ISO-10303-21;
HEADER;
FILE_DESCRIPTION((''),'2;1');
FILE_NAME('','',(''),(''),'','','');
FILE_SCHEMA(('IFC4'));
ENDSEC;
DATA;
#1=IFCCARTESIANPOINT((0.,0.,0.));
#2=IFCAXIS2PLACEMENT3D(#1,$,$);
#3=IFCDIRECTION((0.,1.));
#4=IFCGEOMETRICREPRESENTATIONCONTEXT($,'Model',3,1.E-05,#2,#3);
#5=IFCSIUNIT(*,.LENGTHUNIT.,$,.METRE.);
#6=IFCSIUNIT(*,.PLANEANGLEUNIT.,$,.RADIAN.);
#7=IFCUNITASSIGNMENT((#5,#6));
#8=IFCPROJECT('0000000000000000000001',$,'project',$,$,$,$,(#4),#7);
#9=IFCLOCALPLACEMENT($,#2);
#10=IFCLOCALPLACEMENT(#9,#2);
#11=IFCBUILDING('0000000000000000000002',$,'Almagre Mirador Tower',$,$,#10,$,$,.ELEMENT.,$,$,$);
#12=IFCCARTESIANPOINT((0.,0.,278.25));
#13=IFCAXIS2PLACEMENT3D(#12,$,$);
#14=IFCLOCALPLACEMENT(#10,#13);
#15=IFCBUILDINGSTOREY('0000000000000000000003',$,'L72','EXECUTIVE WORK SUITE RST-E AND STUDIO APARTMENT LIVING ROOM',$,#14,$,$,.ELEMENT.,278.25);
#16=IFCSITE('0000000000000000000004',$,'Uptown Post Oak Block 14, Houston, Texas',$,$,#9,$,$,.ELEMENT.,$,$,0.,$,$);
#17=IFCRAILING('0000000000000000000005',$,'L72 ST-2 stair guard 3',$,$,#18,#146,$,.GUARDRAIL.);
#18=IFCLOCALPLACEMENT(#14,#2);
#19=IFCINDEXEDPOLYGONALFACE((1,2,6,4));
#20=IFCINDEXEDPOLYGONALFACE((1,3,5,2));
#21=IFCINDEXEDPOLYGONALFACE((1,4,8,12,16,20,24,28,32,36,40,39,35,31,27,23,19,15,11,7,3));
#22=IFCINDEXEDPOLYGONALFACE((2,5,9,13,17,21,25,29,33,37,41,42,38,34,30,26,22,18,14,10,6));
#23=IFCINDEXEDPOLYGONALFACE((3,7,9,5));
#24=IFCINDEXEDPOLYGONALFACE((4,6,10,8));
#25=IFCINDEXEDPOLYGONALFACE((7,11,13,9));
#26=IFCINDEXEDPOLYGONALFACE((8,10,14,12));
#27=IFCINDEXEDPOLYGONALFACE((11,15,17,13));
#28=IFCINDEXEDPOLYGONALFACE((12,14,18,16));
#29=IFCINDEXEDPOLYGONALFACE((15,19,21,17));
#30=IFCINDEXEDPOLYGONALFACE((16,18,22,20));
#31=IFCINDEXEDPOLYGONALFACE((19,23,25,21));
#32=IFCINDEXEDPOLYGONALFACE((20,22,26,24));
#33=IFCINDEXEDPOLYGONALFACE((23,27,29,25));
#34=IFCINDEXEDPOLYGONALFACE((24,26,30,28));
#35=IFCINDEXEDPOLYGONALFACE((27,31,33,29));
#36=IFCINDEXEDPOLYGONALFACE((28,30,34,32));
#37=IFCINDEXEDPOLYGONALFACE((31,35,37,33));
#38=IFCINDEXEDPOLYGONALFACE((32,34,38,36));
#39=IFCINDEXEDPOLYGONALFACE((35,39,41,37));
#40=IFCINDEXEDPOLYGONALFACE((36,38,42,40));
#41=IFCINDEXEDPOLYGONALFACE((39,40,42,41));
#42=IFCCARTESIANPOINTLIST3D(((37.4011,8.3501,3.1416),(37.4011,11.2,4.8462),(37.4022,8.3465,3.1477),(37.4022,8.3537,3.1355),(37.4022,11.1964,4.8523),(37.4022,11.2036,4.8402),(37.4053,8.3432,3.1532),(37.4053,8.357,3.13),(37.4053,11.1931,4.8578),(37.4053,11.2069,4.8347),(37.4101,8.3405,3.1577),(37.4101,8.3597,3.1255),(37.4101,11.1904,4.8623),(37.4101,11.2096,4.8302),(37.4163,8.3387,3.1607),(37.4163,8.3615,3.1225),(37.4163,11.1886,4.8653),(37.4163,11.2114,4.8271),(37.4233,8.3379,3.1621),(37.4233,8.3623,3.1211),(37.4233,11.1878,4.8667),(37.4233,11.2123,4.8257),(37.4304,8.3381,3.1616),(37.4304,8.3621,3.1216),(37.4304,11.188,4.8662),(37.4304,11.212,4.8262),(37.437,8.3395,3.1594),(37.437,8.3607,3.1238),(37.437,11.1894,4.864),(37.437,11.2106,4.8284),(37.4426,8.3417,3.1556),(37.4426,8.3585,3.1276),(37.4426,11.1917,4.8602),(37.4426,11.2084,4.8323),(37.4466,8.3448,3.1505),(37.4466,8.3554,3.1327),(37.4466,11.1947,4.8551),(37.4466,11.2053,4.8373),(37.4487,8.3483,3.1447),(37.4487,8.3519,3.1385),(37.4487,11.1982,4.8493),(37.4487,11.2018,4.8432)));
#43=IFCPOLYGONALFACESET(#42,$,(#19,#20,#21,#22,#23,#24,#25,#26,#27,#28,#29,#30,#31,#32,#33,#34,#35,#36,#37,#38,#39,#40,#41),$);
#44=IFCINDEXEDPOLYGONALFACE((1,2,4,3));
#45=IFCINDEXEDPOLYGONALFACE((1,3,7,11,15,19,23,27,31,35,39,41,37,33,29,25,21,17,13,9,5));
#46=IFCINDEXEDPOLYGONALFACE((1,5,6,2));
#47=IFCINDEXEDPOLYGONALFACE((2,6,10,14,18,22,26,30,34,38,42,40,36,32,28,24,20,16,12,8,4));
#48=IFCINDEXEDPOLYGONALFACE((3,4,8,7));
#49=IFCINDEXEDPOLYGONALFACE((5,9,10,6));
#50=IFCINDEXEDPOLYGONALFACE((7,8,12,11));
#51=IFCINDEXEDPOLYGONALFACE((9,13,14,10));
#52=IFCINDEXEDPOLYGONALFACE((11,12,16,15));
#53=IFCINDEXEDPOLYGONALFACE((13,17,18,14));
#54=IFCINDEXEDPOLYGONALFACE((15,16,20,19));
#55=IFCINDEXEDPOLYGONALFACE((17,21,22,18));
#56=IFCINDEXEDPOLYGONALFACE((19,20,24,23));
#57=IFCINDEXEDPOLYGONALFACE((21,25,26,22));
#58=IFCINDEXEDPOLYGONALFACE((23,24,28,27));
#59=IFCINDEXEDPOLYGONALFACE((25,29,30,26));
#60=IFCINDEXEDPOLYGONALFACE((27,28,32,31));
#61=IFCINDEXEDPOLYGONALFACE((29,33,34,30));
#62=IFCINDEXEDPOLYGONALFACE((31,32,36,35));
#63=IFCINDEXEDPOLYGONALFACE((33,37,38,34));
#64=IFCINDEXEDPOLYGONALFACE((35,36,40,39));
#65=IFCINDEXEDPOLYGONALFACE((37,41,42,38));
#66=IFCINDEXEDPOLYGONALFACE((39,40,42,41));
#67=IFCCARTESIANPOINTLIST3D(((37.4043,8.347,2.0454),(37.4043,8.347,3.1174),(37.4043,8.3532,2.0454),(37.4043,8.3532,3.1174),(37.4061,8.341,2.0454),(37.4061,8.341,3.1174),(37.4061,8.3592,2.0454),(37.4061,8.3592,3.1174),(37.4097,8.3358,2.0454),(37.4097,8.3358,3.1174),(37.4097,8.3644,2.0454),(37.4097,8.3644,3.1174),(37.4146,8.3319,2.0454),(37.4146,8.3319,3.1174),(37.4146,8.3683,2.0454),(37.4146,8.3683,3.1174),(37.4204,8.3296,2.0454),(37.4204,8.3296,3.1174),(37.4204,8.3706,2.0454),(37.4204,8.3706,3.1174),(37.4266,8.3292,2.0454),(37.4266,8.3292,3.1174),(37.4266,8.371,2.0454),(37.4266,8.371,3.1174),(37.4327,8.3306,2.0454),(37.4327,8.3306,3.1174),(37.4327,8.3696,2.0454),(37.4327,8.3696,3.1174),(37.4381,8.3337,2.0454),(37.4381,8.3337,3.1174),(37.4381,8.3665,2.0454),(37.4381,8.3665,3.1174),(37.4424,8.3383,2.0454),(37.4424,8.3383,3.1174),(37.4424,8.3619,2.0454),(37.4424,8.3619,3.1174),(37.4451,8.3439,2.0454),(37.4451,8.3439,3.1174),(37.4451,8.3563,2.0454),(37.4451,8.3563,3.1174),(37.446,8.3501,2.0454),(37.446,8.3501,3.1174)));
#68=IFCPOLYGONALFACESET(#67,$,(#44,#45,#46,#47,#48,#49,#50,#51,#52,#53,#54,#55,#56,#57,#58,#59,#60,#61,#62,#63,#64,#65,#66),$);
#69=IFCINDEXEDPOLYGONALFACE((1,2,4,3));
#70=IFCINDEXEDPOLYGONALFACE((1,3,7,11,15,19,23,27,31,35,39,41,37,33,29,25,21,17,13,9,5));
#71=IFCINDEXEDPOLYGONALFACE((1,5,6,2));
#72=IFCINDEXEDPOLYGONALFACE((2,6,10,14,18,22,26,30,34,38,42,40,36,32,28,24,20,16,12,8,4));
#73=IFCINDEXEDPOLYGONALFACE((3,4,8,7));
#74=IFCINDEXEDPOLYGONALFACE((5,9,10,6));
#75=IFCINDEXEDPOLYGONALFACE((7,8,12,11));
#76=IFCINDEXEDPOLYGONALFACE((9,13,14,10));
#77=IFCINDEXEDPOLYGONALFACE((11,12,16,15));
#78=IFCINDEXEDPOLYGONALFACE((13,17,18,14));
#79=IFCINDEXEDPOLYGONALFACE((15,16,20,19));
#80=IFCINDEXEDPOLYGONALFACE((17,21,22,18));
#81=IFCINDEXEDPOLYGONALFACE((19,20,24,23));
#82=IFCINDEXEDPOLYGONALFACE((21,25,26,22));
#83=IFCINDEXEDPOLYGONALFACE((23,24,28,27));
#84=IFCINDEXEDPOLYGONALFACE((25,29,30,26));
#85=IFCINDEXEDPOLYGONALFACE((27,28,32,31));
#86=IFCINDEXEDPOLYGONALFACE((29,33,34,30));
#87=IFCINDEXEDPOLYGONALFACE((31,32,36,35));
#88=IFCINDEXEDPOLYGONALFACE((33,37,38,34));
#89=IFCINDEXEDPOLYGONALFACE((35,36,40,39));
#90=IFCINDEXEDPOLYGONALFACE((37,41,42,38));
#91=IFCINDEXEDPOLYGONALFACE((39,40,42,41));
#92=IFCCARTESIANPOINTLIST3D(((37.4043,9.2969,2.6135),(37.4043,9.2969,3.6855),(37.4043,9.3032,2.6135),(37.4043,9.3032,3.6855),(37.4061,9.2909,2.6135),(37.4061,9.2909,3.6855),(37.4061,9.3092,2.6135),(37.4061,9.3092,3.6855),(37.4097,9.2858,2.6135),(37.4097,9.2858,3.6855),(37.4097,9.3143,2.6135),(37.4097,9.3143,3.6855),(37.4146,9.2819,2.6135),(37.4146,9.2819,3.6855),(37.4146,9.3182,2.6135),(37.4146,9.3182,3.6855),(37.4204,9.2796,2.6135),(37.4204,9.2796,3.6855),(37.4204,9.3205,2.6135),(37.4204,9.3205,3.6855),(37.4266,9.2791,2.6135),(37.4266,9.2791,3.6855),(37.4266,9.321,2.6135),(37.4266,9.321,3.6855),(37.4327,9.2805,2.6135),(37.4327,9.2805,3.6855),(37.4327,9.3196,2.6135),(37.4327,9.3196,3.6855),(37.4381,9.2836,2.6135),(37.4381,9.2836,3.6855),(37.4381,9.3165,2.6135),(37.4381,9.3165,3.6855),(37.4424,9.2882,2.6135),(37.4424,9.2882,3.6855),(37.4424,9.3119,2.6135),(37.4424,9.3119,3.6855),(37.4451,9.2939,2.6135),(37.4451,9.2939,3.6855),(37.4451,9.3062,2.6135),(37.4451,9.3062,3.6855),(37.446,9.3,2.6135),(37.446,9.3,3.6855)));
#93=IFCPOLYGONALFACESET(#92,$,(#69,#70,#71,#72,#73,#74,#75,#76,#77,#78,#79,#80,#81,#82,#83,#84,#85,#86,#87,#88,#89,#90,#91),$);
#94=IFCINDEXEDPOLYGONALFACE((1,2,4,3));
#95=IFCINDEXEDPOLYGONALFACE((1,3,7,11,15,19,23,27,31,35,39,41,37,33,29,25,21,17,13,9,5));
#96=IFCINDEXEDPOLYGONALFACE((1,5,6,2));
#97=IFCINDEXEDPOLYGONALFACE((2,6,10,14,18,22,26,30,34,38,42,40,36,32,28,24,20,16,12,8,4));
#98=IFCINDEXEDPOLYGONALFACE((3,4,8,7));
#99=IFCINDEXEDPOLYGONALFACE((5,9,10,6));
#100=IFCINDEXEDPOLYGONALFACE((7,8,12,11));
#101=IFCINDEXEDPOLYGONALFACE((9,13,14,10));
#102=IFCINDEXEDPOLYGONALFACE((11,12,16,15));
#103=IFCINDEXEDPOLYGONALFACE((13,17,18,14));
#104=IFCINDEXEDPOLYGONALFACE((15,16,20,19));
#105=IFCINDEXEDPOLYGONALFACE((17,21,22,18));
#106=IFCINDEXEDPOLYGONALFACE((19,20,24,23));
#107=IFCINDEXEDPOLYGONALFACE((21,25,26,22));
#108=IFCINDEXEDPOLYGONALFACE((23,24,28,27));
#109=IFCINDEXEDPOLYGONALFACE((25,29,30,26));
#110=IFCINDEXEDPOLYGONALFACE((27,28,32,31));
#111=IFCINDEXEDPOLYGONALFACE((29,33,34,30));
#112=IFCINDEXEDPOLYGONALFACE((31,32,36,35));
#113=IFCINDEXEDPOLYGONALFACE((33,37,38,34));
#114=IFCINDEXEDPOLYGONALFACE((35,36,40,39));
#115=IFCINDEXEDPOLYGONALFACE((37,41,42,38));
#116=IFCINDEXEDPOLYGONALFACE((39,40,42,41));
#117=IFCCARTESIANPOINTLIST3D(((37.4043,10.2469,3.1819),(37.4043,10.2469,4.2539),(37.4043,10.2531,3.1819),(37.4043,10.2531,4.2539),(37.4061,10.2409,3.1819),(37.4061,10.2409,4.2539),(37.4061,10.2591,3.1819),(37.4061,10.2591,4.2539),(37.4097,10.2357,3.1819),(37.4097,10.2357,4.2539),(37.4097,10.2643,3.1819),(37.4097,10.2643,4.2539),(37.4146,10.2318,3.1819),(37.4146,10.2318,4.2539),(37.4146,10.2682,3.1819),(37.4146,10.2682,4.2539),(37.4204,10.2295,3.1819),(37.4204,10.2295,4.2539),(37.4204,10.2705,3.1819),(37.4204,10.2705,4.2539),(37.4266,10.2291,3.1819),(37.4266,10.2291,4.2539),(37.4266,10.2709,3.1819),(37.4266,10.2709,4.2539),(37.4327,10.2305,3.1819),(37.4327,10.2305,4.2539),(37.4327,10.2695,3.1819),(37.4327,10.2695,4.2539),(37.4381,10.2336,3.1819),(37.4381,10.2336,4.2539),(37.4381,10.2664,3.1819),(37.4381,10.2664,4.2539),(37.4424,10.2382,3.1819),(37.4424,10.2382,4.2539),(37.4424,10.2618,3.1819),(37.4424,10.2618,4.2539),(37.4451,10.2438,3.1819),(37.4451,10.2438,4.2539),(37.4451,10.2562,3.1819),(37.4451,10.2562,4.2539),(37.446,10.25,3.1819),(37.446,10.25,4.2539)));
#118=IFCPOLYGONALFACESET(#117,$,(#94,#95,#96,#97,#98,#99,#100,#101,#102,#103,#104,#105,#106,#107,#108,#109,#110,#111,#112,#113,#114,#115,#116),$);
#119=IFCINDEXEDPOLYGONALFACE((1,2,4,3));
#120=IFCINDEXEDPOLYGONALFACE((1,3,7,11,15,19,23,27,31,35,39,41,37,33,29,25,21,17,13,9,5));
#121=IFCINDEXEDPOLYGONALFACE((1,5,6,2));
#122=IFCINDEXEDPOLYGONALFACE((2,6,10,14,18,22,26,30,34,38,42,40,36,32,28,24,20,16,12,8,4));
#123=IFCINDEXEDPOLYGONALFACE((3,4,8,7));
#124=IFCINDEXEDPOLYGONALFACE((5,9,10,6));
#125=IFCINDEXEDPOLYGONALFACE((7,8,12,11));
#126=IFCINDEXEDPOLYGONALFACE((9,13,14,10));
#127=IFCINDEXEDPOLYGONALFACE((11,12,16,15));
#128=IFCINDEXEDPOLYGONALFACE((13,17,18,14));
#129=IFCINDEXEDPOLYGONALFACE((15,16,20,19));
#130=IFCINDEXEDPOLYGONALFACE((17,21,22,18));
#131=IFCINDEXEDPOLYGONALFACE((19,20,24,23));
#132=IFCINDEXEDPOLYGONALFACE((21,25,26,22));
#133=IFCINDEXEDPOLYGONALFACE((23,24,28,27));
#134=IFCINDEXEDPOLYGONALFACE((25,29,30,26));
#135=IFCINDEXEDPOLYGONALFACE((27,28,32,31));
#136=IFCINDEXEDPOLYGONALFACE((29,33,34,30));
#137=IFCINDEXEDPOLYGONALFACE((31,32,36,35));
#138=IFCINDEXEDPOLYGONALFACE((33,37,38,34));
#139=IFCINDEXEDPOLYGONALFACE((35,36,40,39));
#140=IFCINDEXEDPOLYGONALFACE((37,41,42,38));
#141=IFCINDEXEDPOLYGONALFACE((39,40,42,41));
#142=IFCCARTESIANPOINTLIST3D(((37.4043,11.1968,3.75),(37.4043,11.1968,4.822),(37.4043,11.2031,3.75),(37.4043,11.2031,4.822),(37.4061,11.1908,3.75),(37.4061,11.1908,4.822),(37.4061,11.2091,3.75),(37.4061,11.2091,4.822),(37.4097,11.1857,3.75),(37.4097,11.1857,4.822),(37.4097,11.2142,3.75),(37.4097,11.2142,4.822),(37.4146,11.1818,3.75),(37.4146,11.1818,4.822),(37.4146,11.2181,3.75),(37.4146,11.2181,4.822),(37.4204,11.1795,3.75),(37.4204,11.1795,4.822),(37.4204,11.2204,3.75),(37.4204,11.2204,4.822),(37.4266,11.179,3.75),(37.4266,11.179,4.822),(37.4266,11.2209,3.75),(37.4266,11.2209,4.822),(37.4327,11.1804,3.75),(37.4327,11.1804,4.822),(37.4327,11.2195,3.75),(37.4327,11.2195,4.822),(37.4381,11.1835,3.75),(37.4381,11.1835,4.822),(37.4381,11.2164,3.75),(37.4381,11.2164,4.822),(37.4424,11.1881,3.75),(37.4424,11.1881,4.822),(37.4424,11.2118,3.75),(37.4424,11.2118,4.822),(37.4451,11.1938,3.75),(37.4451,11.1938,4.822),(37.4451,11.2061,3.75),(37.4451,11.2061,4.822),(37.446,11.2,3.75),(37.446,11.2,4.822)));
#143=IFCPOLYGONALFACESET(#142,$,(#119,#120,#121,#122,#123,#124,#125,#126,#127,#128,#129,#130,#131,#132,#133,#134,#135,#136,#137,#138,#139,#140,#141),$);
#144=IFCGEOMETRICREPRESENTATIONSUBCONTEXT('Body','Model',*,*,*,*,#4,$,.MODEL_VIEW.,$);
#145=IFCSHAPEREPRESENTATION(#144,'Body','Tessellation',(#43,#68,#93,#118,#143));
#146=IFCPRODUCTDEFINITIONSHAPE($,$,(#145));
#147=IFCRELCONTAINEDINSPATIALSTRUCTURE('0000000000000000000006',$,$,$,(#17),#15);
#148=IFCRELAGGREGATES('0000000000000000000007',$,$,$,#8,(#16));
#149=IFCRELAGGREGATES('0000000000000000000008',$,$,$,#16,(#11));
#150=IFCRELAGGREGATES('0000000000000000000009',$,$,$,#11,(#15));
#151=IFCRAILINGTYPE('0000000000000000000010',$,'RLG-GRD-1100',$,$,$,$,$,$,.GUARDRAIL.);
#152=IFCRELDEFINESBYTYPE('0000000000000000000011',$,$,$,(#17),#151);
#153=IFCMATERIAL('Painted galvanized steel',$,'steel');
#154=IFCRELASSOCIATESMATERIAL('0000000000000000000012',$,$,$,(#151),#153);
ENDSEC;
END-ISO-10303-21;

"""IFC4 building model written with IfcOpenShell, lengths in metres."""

from ifc_helpers import new_model, si_unit, direction, frame, origin, origin_2d, place, context, subcontext, project, spatial, circle, extrude, material, type_object, element, save


model = new_model("IFC4")

# Units and contexts
model_context = context("Model", 3, precision=1e-05, world=origin(), true_north=direction((0.0, 1.0)))
body_context = subcontext(model_context, "Body", "Model", "MODEL_VIEW")
ifc_project = project(units=[si_unit("LENGTHUNIT", "METRE"), si_unit("PLANEANGLEUNIT", "RADIAN")], contexts=[model_context])

# Site, building, storey
site_placement = place(None, origin())
site = spatial("IfcSite", under=ifc_project, at=site_placement, Name="Uptown Post Oak Block 14, Houston, Texas", CompositionType="ELEMENT", RefElevation=0.0)
building_placement = place(site_placement, origin())
building = spatial("IfcBuilding", under=site, at=building_placement, Name="Almagre Mirador Tower", CompositionType="ELEMENT")
storey_placement = place(building_placement, frame((0.0, 0.0, 278.25)))
storey = spatial("IfcBuildingStorey", under=building, at=storey_placement, Name="L72", Description="EXECUTIVE WORK SUITE RST-E AND STUDIO APARTMENT LIVING ROOM", CompositionType="ELEMENT", Elevation=278.25)

# Railing
ifc_material_1 = material(Name="Painted galvanized steel", Category="steel")
railing_type_1 = type_object("IfcRailingType", Name="RLG-GRD-1100", PredefinedType="GUARDRAIL", material=ifc_material_1)
railing_1_placement = place(storey_placement, frame((37.425, 8.3501, 2.0454)))
element("IfcRailing", 1, at=railing_1_placement, inside=storey, type_object=railing_type_1, Name="L72 ST-2 stair guard 3", PredefinedType="GUARDRAIL", context=body_context, shape_type="SweptSolid", body=[
    extrude(circle(Radius=0.0239, at=origin_2d()), frame((0.0, 0.0, 1.0962), z_axis=(0.0, 0.858199, 0.513317), x_axis=(-1.0, 0.0, 0.0)), (0.0, 0.0, 1.0), 3.3208),
    extrude(circle(Radius=0.021, at=origin_2d()), origin(), (0.0, 0.0, 1.0), 1.072),
    extrude(circle(Radius=0.021, at=origin_2d()), frame((0.0, 0.95, 0.5681)), (0.0, 0.0, 1.0), 1.072),
    extrude(circle(Radius=0.021, at=origin_2d()), frame((0.0, 1.8999, 1.1365)), (0.0, 0.0, 1.0), 1.072),
    extrude(circle(Radius=0.021, at=origin_2d()), frame((0.0, 2.8499, 1.7046)), (0.0, 0.0, 1.0), 1.072),
])

save(model, "model.ifc")
